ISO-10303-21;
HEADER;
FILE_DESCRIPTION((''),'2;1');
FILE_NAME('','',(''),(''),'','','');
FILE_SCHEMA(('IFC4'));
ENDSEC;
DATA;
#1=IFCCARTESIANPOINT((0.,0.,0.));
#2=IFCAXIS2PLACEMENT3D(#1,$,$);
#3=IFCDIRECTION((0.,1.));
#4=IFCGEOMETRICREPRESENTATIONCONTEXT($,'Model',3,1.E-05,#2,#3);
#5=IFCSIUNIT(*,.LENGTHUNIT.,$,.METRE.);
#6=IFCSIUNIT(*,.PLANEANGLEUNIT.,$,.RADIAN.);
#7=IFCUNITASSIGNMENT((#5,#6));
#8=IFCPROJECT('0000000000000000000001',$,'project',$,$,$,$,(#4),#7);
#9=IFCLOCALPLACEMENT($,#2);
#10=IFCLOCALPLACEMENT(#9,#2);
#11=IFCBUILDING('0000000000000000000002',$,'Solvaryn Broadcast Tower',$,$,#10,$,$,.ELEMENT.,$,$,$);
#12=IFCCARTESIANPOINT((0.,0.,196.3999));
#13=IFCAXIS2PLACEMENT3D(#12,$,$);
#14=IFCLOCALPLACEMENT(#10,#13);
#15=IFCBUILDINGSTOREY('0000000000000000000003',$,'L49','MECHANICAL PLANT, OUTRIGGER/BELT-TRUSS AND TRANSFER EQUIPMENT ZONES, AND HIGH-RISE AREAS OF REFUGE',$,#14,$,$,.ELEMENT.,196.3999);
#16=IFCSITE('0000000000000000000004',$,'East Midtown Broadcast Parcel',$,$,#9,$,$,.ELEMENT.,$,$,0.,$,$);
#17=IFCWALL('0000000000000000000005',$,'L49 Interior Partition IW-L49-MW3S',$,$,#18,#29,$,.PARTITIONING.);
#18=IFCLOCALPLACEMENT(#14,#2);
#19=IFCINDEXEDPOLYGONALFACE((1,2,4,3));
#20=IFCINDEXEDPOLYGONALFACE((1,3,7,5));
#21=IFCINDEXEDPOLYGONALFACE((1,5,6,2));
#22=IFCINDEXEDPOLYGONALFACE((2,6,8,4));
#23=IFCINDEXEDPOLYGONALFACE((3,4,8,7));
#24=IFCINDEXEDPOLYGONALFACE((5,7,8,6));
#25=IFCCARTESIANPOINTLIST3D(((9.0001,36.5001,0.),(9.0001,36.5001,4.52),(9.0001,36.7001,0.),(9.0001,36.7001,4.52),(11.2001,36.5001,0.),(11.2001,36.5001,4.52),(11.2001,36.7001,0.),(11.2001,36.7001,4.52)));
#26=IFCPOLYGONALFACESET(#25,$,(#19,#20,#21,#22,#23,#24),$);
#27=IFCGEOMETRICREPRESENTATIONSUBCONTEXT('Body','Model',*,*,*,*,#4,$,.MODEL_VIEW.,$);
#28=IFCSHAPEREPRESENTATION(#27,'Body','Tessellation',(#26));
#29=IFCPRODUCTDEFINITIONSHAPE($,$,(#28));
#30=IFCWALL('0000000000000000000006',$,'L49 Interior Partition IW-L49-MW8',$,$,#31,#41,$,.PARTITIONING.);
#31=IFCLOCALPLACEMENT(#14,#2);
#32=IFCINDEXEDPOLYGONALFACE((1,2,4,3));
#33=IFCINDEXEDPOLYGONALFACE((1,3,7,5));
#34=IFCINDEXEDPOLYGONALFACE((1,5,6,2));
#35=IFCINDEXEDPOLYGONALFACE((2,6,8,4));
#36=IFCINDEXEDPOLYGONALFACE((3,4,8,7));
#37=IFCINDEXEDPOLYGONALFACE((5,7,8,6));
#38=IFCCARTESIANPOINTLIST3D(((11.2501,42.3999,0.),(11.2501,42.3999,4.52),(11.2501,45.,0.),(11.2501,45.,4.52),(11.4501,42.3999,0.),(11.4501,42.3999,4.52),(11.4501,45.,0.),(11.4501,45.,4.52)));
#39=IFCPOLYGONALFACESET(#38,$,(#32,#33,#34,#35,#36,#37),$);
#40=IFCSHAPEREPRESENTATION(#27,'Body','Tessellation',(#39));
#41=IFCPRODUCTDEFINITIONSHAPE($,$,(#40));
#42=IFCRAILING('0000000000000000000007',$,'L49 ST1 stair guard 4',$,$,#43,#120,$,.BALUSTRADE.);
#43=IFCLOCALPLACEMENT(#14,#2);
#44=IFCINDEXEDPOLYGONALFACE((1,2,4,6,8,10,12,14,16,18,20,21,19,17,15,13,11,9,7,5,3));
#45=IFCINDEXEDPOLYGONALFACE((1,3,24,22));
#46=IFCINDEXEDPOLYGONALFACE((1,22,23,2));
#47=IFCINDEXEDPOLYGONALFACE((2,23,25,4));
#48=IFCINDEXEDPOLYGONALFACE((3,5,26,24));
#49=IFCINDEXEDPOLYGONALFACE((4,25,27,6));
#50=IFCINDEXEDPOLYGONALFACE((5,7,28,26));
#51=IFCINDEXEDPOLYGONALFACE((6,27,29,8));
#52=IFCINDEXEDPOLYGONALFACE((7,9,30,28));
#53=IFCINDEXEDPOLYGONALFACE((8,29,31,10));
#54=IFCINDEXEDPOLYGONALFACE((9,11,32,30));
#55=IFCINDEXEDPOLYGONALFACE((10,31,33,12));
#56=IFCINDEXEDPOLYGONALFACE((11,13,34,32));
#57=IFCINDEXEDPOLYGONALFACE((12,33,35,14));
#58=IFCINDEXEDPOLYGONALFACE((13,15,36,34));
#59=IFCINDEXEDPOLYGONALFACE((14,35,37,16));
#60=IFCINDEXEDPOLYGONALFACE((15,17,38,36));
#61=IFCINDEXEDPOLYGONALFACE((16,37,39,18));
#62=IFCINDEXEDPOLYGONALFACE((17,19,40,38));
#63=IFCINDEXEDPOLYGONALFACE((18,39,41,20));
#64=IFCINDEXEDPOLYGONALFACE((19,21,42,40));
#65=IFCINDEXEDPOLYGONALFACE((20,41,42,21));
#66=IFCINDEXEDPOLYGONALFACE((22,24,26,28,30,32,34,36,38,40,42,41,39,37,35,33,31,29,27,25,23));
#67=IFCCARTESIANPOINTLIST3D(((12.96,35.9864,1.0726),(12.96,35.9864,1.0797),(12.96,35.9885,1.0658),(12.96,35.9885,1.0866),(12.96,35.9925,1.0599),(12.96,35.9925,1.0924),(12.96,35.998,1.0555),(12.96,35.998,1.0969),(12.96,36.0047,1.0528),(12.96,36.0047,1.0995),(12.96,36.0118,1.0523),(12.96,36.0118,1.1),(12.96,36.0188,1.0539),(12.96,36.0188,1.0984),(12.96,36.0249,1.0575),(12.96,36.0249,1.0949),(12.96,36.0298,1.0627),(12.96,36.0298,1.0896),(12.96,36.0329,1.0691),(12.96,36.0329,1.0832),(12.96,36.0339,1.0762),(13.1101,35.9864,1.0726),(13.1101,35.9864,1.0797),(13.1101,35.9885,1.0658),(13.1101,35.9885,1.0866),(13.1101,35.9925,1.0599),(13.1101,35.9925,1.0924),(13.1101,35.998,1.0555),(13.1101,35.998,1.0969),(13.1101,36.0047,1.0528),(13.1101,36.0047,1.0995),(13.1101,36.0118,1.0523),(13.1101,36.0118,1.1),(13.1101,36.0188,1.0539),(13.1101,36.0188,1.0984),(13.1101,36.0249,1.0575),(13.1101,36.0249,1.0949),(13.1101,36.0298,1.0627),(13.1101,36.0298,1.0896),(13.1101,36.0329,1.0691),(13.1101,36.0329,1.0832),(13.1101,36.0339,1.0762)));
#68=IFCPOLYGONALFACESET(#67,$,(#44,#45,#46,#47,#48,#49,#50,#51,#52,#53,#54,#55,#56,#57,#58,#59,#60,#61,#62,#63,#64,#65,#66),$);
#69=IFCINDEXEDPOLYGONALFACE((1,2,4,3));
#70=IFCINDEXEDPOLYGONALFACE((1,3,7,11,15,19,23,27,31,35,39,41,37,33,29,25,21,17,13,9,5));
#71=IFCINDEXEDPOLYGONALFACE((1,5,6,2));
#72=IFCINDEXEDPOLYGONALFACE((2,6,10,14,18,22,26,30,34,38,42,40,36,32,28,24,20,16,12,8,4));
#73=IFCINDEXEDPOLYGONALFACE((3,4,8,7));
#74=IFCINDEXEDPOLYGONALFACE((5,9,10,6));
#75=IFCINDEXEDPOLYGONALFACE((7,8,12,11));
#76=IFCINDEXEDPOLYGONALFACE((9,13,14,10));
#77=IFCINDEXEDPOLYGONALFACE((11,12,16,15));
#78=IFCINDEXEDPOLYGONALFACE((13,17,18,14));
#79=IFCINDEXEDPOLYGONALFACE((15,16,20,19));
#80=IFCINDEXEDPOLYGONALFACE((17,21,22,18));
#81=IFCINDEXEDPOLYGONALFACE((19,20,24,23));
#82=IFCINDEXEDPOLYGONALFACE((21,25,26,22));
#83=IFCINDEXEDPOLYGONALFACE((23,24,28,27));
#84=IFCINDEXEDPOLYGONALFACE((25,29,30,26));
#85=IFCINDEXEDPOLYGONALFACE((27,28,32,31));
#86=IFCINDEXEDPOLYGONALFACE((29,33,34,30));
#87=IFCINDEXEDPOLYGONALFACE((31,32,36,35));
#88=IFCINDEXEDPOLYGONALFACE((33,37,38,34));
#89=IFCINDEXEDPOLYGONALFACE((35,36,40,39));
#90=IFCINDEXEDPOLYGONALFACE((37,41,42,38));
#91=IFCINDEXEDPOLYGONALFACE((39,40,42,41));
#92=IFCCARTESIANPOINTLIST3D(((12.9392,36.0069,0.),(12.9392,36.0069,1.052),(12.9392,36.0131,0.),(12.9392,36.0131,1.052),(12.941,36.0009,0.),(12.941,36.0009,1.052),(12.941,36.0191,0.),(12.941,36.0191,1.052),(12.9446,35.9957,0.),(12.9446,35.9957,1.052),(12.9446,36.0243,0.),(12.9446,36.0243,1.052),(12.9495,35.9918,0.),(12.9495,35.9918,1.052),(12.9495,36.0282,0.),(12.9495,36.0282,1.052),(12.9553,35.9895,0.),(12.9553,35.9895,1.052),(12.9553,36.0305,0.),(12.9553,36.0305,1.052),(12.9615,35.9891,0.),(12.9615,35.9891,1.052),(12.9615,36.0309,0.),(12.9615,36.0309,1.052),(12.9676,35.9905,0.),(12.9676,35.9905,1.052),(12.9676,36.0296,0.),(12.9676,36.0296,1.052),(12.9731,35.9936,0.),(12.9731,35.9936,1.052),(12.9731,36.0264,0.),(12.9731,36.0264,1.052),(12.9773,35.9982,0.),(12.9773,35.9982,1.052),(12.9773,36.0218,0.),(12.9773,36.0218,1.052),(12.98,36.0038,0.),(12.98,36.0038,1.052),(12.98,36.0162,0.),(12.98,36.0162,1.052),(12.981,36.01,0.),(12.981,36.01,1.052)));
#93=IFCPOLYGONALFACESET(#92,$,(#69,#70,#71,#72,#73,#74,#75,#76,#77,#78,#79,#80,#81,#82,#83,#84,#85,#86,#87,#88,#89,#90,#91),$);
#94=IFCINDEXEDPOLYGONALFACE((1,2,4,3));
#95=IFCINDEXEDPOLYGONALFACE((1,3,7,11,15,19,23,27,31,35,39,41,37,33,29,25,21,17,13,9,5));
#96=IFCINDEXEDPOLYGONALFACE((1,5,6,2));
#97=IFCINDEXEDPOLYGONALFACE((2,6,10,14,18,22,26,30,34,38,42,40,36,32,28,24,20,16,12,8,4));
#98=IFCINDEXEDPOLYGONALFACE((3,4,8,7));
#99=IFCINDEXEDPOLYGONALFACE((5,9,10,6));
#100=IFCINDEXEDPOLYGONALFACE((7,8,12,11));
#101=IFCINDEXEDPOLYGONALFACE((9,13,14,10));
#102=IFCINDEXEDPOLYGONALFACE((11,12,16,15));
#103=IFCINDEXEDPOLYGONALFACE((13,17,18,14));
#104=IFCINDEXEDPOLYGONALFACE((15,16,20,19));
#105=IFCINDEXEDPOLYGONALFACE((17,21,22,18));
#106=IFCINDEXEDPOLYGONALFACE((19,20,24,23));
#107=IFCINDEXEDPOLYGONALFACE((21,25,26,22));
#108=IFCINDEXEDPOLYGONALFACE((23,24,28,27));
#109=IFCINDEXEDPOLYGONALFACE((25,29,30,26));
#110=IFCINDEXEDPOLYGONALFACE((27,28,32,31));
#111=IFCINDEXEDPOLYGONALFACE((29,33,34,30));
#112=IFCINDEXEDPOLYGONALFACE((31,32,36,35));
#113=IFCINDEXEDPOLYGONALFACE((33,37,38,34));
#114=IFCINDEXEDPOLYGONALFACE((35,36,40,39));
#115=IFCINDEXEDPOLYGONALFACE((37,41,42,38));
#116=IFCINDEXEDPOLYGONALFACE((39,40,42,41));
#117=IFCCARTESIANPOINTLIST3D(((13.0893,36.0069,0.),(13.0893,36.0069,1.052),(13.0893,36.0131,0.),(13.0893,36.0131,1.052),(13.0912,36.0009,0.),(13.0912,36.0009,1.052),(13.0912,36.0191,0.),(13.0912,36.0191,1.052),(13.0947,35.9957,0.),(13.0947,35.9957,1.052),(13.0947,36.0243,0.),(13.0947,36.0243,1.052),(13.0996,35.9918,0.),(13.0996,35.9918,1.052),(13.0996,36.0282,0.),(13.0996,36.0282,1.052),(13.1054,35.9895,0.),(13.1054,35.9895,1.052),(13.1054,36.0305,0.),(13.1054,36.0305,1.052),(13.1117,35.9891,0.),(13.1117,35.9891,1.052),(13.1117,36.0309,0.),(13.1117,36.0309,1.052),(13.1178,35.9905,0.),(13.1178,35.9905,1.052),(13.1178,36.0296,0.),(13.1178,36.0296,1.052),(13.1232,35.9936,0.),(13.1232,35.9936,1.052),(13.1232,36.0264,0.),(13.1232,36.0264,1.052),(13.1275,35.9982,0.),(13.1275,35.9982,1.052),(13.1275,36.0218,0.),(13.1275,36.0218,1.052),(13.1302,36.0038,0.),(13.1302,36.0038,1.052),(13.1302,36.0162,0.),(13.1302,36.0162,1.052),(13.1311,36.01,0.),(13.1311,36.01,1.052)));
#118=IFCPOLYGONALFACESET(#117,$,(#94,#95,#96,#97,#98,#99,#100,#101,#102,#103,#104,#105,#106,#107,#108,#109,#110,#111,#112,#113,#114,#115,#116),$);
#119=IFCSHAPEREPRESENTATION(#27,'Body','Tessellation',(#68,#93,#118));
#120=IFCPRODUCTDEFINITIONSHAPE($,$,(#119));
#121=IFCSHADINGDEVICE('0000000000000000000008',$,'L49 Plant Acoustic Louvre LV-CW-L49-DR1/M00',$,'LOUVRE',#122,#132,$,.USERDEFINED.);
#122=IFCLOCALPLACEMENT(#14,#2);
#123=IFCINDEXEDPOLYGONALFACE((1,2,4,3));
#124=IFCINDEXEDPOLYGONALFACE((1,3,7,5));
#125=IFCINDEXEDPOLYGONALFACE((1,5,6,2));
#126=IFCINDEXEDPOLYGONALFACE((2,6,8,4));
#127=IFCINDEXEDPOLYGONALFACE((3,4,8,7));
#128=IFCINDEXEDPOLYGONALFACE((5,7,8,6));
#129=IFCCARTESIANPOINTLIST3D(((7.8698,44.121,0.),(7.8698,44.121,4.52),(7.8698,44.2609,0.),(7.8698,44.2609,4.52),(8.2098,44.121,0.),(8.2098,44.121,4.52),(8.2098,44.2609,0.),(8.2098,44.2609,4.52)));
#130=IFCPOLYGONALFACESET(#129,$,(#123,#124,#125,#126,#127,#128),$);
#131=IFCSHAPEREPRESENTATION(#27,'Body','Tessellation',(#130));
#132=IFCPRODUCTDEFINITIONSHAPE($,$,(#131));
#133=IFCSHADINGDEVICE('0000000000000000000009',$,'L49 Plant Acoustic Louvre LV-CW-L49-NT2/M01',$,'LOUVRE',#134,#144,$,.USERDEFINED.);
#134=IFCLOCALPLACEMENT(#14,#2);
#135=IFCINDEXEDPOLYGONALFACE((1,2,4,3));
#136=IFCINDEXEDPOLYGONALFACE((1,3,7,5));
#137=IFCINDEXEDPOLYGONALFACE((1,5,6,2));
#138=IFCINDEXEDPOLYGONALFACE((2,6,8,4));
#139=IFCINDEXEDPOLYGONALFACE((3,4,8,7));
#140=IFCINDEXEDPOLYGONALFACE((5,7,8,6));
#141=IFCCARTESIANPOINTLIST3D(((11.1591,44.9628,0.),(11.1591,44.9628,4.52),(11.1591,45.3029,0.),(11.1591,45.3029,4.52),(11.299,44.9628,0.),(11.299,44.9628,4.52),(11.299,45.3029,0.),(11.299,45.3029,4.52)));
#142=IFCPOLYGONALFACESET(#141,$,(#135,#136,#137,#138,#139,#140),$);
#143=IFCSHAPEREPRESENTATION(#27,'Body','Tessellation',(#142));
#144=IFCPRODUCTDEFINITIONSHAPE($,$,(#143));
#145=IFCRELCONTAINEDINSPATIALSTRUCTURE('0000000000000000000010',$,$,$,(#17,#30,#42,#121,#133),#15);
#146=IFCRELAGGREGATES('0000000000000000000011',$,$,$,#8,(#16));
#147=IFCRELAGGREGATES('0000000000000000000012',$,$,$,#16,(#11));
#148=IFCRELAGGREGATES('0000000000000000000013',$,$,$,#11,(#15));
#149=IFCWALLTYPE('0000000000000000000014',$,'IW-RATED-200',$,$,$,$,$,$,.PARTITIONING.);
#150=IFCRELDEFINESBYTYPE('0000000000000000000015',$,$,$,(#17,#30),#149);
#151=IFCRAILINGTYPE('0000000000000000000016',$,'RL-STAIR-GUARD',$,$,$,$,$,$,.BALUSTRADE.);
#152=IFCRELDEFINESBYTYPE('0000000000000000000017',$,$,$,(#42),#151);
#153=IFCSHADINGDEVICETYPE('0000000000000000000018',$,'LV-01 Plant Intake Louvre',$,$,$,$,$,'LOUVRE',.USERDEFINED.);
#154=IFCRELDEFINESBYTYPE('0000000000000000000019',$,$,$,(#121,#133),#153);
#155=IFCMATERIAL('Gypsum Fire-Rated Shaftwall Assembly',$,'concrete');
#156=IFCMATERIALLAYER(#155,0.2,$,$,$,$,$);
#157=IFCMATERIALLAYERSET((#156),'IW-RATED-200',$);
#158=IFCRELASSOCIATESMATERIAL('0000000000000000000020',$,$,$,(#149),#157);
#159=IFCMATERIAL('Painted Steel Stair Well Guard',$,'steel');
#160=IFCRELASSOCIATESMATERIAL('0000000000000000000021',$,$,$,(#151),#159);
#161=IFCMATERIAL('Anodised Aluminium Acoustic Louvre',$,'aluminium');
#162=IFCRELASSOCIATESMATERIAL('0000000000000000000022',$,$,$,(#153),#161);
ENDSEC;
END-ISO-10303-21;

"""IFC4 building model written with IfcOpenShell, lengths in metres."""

from ifc_helpers import new_model, si_unit, direction, frame, frame_2d, origin, origin_2d, place, context, subcontext, project, spatial, rectangle, circle, extrude, material, layer, layer_set, type_object, element, save


model = new_model("IFC4")

# Units and contexts
model_context = context("Model", 3, precision=1e-05, world=origin(), true_north=direction((0.0, 1.0)))
body_context = subcontext(model_context, "Body", "Model", "MODEL_VIEW")
ifc_project = project(units=[si_unit("LENGTHUNIT", "METRE"), si_unit("PLANEANGLEUNIT", "RADIAN")], contexts=[model_context])

# Site, building, storey
site_placement = place(None, origin())
site = spatial("IfcSite", under=ifc_project, at=site_placement, Name="East Midtown Broadcast Parcel", CompositionType="ELEMENT", RefElevation=0.0)
building_placement = place(site_placement, origin())
building = spatial("IfcBuilding", under=site, at=building_placement, Name="Solvaryn Broadcast Tower", CompositionType="ELEMENT")
storey_placement = place(building_placement, frame((0.0, 0.0, 196.3999)))
storey = spatial("IfcBuildingStorey", under=building, at=storey_placement, Name="L49", Description="MECHANICAL PLANT, OUTRIGGER/BELT-TRUSS AND TRANSFER EQUIPMENT ZONES, AND HIGH-RISE AREAS OF REFUGE", CompositionType="ELEMENT", Elevation=196.3999)

# Walls
ifc_material_1 = material(Name="Gypsum Fire-Rated Shaftwall Assembly", Category="concrete")
ifc_layer_1 = layer(ifc_material_1, 0.2)
ifc_layer_set_1 = layer_set([ifc_layer_1], Name="IW-RATED-200")
wall_type_1 = type_object("IfcWallType", Name="IW-RATED-200", PredefinedType="PARTITIONING", material=ifc_layer_set_1)
wall_1_placement = place(storey_placement, frame((9.0, 36.6001, 0.0), z_axis=(0.0, 0.0, 1.0), x_axis=(1.0, 0.0, 0.0)))
element("IfcWall", 1, at=wall_1_placement, inside=storey, type_object=wall_type_1, Name="L49 Interior Partition IW-L49-MW3S", PredefinedType="PARTITIONING", context=body_context, shape_type="SweptSolid", body=[
    extrude(rectangle(XDim=2.2, YDim=0.2, at=frame_2d((1.1001, 0.0))), origin(), (0.0, 0.0, 1.0), 4.52),
])
wall_2_placement = place(storey_placement, frame((11.3501, 42.3999, 0.0), z_axis=(0.0, 0.0, 1.0), x_axis=(0.0, 1.0, 0.0)))
element("IfcWall", 2, at=wall_2_placement, inside=storey, type_object=wall_type_1, Name="L49 Interior Partition IW-L49-MW8", PredefinedType="PARTITIONING", context=body_context, shape_type="SweptSolid", body=[
    extrude(rectangle(XDim=2.6001, YDim=0.2, at=frame_2d((1.3, 0.0))), origin(), (0.0, 0.0, 1.0), 4.52),
])

# Railing
ifc_material_2 = material(Name="Painted Steel Stair Well Guard", Category="steel")
railing_type_1 = type_object("IfcRailingType", Name="RL-STAIR-GUARD", PredefinedType="BALUSTRADE", material=ifc_material_2)
railing_1_placement = place(storey_placement, frame((12.96, 36.01, 0.0)))
element("IfcRailing", 3, at=railing_1_placement, inside=storey, type_object=railing_type_1, Name="L49 ST1 stair guard 4", PredefinedType="BALUSTRADE", context=body_context, shape_type="SweptSolid", body=[
    extrude(circle(Radius=0.0239, at=origin_2d()), frame((0.0, 0.0, 1.0762), z_axis=(1.0, 0.0, 0.0), x_axis=(0.0, 1.0, 0.0)), (0.0, 0.0, 1.0), 0.1501),
    extrude(circle(Radius=0.021, at=origin_2d()), origin(), (0.0, 0.0, 1.0), 1.052),
    extrude(circle(Radius=0.021, at=origin_2d()), frame((0.1501, 0.0, 0.0)), (0.0, 0.0, 1.0), 1.052),
])

# Shading devices
ifc_material_3 = material(Name="Anodised Aluminium Acoustic Louvre", Category="aluminium")
shading_device_type = type_object("IfcShadingDeviceType", Name="LV-01 Plant Intake Louvre", ElementType="LOUVRE", PredefinedType="USERDEFINED", material=ifc_material_3)
shading_device_1_placement = place(storey_placement, frame((8.0398, 44.1909, 0.0), z_axis=(0.0, 0.0, 1.0), x_axis=(1.0, 0.0, 0.0)))
element("IfcShadingDevice", 4, at=shading_device_1_placement, inside=storey, type_object=shading_device_type, Name="L49 Plant Acoustic Louvre LV-CW-L49-DR1/M00", ObjectType="LOUVRE", PredefinedType="USERDEFINED", context=body_context, shape_type="SweptSolid", body=[
    extrude(rectangle(XDim=0.3401, YDim=0.1399, at=origin_2d()), origin(), (0.0, 0.0, 1.0), 4.52),
])
shading_device_2_placement = place(storey_placement, frame((11.229, 45.1328, 0.0), z_axis=(0.0, 0.0, 1.0), x_axis=(1.0, 0.0, 0.0)))
element("IfcShadingDevice", 5, at=shading_device_2_placement, inside=storey, type_object=shading_device_type, Name="L49 Plant Acoustic Louvre LV-CW-L49-NT2/M01", ObjectType="LOUVRE", PredefinedType="USERDEFINED", context=body_context, shape_type="SweptSolid", body=[
    extrude(rectangle(XDim=0.1399, YDim=0.3401, at=origin_2d()), origin(), (0.0, 0.0, 1.0), 4.52),
])

save(model, "model.ifc")
